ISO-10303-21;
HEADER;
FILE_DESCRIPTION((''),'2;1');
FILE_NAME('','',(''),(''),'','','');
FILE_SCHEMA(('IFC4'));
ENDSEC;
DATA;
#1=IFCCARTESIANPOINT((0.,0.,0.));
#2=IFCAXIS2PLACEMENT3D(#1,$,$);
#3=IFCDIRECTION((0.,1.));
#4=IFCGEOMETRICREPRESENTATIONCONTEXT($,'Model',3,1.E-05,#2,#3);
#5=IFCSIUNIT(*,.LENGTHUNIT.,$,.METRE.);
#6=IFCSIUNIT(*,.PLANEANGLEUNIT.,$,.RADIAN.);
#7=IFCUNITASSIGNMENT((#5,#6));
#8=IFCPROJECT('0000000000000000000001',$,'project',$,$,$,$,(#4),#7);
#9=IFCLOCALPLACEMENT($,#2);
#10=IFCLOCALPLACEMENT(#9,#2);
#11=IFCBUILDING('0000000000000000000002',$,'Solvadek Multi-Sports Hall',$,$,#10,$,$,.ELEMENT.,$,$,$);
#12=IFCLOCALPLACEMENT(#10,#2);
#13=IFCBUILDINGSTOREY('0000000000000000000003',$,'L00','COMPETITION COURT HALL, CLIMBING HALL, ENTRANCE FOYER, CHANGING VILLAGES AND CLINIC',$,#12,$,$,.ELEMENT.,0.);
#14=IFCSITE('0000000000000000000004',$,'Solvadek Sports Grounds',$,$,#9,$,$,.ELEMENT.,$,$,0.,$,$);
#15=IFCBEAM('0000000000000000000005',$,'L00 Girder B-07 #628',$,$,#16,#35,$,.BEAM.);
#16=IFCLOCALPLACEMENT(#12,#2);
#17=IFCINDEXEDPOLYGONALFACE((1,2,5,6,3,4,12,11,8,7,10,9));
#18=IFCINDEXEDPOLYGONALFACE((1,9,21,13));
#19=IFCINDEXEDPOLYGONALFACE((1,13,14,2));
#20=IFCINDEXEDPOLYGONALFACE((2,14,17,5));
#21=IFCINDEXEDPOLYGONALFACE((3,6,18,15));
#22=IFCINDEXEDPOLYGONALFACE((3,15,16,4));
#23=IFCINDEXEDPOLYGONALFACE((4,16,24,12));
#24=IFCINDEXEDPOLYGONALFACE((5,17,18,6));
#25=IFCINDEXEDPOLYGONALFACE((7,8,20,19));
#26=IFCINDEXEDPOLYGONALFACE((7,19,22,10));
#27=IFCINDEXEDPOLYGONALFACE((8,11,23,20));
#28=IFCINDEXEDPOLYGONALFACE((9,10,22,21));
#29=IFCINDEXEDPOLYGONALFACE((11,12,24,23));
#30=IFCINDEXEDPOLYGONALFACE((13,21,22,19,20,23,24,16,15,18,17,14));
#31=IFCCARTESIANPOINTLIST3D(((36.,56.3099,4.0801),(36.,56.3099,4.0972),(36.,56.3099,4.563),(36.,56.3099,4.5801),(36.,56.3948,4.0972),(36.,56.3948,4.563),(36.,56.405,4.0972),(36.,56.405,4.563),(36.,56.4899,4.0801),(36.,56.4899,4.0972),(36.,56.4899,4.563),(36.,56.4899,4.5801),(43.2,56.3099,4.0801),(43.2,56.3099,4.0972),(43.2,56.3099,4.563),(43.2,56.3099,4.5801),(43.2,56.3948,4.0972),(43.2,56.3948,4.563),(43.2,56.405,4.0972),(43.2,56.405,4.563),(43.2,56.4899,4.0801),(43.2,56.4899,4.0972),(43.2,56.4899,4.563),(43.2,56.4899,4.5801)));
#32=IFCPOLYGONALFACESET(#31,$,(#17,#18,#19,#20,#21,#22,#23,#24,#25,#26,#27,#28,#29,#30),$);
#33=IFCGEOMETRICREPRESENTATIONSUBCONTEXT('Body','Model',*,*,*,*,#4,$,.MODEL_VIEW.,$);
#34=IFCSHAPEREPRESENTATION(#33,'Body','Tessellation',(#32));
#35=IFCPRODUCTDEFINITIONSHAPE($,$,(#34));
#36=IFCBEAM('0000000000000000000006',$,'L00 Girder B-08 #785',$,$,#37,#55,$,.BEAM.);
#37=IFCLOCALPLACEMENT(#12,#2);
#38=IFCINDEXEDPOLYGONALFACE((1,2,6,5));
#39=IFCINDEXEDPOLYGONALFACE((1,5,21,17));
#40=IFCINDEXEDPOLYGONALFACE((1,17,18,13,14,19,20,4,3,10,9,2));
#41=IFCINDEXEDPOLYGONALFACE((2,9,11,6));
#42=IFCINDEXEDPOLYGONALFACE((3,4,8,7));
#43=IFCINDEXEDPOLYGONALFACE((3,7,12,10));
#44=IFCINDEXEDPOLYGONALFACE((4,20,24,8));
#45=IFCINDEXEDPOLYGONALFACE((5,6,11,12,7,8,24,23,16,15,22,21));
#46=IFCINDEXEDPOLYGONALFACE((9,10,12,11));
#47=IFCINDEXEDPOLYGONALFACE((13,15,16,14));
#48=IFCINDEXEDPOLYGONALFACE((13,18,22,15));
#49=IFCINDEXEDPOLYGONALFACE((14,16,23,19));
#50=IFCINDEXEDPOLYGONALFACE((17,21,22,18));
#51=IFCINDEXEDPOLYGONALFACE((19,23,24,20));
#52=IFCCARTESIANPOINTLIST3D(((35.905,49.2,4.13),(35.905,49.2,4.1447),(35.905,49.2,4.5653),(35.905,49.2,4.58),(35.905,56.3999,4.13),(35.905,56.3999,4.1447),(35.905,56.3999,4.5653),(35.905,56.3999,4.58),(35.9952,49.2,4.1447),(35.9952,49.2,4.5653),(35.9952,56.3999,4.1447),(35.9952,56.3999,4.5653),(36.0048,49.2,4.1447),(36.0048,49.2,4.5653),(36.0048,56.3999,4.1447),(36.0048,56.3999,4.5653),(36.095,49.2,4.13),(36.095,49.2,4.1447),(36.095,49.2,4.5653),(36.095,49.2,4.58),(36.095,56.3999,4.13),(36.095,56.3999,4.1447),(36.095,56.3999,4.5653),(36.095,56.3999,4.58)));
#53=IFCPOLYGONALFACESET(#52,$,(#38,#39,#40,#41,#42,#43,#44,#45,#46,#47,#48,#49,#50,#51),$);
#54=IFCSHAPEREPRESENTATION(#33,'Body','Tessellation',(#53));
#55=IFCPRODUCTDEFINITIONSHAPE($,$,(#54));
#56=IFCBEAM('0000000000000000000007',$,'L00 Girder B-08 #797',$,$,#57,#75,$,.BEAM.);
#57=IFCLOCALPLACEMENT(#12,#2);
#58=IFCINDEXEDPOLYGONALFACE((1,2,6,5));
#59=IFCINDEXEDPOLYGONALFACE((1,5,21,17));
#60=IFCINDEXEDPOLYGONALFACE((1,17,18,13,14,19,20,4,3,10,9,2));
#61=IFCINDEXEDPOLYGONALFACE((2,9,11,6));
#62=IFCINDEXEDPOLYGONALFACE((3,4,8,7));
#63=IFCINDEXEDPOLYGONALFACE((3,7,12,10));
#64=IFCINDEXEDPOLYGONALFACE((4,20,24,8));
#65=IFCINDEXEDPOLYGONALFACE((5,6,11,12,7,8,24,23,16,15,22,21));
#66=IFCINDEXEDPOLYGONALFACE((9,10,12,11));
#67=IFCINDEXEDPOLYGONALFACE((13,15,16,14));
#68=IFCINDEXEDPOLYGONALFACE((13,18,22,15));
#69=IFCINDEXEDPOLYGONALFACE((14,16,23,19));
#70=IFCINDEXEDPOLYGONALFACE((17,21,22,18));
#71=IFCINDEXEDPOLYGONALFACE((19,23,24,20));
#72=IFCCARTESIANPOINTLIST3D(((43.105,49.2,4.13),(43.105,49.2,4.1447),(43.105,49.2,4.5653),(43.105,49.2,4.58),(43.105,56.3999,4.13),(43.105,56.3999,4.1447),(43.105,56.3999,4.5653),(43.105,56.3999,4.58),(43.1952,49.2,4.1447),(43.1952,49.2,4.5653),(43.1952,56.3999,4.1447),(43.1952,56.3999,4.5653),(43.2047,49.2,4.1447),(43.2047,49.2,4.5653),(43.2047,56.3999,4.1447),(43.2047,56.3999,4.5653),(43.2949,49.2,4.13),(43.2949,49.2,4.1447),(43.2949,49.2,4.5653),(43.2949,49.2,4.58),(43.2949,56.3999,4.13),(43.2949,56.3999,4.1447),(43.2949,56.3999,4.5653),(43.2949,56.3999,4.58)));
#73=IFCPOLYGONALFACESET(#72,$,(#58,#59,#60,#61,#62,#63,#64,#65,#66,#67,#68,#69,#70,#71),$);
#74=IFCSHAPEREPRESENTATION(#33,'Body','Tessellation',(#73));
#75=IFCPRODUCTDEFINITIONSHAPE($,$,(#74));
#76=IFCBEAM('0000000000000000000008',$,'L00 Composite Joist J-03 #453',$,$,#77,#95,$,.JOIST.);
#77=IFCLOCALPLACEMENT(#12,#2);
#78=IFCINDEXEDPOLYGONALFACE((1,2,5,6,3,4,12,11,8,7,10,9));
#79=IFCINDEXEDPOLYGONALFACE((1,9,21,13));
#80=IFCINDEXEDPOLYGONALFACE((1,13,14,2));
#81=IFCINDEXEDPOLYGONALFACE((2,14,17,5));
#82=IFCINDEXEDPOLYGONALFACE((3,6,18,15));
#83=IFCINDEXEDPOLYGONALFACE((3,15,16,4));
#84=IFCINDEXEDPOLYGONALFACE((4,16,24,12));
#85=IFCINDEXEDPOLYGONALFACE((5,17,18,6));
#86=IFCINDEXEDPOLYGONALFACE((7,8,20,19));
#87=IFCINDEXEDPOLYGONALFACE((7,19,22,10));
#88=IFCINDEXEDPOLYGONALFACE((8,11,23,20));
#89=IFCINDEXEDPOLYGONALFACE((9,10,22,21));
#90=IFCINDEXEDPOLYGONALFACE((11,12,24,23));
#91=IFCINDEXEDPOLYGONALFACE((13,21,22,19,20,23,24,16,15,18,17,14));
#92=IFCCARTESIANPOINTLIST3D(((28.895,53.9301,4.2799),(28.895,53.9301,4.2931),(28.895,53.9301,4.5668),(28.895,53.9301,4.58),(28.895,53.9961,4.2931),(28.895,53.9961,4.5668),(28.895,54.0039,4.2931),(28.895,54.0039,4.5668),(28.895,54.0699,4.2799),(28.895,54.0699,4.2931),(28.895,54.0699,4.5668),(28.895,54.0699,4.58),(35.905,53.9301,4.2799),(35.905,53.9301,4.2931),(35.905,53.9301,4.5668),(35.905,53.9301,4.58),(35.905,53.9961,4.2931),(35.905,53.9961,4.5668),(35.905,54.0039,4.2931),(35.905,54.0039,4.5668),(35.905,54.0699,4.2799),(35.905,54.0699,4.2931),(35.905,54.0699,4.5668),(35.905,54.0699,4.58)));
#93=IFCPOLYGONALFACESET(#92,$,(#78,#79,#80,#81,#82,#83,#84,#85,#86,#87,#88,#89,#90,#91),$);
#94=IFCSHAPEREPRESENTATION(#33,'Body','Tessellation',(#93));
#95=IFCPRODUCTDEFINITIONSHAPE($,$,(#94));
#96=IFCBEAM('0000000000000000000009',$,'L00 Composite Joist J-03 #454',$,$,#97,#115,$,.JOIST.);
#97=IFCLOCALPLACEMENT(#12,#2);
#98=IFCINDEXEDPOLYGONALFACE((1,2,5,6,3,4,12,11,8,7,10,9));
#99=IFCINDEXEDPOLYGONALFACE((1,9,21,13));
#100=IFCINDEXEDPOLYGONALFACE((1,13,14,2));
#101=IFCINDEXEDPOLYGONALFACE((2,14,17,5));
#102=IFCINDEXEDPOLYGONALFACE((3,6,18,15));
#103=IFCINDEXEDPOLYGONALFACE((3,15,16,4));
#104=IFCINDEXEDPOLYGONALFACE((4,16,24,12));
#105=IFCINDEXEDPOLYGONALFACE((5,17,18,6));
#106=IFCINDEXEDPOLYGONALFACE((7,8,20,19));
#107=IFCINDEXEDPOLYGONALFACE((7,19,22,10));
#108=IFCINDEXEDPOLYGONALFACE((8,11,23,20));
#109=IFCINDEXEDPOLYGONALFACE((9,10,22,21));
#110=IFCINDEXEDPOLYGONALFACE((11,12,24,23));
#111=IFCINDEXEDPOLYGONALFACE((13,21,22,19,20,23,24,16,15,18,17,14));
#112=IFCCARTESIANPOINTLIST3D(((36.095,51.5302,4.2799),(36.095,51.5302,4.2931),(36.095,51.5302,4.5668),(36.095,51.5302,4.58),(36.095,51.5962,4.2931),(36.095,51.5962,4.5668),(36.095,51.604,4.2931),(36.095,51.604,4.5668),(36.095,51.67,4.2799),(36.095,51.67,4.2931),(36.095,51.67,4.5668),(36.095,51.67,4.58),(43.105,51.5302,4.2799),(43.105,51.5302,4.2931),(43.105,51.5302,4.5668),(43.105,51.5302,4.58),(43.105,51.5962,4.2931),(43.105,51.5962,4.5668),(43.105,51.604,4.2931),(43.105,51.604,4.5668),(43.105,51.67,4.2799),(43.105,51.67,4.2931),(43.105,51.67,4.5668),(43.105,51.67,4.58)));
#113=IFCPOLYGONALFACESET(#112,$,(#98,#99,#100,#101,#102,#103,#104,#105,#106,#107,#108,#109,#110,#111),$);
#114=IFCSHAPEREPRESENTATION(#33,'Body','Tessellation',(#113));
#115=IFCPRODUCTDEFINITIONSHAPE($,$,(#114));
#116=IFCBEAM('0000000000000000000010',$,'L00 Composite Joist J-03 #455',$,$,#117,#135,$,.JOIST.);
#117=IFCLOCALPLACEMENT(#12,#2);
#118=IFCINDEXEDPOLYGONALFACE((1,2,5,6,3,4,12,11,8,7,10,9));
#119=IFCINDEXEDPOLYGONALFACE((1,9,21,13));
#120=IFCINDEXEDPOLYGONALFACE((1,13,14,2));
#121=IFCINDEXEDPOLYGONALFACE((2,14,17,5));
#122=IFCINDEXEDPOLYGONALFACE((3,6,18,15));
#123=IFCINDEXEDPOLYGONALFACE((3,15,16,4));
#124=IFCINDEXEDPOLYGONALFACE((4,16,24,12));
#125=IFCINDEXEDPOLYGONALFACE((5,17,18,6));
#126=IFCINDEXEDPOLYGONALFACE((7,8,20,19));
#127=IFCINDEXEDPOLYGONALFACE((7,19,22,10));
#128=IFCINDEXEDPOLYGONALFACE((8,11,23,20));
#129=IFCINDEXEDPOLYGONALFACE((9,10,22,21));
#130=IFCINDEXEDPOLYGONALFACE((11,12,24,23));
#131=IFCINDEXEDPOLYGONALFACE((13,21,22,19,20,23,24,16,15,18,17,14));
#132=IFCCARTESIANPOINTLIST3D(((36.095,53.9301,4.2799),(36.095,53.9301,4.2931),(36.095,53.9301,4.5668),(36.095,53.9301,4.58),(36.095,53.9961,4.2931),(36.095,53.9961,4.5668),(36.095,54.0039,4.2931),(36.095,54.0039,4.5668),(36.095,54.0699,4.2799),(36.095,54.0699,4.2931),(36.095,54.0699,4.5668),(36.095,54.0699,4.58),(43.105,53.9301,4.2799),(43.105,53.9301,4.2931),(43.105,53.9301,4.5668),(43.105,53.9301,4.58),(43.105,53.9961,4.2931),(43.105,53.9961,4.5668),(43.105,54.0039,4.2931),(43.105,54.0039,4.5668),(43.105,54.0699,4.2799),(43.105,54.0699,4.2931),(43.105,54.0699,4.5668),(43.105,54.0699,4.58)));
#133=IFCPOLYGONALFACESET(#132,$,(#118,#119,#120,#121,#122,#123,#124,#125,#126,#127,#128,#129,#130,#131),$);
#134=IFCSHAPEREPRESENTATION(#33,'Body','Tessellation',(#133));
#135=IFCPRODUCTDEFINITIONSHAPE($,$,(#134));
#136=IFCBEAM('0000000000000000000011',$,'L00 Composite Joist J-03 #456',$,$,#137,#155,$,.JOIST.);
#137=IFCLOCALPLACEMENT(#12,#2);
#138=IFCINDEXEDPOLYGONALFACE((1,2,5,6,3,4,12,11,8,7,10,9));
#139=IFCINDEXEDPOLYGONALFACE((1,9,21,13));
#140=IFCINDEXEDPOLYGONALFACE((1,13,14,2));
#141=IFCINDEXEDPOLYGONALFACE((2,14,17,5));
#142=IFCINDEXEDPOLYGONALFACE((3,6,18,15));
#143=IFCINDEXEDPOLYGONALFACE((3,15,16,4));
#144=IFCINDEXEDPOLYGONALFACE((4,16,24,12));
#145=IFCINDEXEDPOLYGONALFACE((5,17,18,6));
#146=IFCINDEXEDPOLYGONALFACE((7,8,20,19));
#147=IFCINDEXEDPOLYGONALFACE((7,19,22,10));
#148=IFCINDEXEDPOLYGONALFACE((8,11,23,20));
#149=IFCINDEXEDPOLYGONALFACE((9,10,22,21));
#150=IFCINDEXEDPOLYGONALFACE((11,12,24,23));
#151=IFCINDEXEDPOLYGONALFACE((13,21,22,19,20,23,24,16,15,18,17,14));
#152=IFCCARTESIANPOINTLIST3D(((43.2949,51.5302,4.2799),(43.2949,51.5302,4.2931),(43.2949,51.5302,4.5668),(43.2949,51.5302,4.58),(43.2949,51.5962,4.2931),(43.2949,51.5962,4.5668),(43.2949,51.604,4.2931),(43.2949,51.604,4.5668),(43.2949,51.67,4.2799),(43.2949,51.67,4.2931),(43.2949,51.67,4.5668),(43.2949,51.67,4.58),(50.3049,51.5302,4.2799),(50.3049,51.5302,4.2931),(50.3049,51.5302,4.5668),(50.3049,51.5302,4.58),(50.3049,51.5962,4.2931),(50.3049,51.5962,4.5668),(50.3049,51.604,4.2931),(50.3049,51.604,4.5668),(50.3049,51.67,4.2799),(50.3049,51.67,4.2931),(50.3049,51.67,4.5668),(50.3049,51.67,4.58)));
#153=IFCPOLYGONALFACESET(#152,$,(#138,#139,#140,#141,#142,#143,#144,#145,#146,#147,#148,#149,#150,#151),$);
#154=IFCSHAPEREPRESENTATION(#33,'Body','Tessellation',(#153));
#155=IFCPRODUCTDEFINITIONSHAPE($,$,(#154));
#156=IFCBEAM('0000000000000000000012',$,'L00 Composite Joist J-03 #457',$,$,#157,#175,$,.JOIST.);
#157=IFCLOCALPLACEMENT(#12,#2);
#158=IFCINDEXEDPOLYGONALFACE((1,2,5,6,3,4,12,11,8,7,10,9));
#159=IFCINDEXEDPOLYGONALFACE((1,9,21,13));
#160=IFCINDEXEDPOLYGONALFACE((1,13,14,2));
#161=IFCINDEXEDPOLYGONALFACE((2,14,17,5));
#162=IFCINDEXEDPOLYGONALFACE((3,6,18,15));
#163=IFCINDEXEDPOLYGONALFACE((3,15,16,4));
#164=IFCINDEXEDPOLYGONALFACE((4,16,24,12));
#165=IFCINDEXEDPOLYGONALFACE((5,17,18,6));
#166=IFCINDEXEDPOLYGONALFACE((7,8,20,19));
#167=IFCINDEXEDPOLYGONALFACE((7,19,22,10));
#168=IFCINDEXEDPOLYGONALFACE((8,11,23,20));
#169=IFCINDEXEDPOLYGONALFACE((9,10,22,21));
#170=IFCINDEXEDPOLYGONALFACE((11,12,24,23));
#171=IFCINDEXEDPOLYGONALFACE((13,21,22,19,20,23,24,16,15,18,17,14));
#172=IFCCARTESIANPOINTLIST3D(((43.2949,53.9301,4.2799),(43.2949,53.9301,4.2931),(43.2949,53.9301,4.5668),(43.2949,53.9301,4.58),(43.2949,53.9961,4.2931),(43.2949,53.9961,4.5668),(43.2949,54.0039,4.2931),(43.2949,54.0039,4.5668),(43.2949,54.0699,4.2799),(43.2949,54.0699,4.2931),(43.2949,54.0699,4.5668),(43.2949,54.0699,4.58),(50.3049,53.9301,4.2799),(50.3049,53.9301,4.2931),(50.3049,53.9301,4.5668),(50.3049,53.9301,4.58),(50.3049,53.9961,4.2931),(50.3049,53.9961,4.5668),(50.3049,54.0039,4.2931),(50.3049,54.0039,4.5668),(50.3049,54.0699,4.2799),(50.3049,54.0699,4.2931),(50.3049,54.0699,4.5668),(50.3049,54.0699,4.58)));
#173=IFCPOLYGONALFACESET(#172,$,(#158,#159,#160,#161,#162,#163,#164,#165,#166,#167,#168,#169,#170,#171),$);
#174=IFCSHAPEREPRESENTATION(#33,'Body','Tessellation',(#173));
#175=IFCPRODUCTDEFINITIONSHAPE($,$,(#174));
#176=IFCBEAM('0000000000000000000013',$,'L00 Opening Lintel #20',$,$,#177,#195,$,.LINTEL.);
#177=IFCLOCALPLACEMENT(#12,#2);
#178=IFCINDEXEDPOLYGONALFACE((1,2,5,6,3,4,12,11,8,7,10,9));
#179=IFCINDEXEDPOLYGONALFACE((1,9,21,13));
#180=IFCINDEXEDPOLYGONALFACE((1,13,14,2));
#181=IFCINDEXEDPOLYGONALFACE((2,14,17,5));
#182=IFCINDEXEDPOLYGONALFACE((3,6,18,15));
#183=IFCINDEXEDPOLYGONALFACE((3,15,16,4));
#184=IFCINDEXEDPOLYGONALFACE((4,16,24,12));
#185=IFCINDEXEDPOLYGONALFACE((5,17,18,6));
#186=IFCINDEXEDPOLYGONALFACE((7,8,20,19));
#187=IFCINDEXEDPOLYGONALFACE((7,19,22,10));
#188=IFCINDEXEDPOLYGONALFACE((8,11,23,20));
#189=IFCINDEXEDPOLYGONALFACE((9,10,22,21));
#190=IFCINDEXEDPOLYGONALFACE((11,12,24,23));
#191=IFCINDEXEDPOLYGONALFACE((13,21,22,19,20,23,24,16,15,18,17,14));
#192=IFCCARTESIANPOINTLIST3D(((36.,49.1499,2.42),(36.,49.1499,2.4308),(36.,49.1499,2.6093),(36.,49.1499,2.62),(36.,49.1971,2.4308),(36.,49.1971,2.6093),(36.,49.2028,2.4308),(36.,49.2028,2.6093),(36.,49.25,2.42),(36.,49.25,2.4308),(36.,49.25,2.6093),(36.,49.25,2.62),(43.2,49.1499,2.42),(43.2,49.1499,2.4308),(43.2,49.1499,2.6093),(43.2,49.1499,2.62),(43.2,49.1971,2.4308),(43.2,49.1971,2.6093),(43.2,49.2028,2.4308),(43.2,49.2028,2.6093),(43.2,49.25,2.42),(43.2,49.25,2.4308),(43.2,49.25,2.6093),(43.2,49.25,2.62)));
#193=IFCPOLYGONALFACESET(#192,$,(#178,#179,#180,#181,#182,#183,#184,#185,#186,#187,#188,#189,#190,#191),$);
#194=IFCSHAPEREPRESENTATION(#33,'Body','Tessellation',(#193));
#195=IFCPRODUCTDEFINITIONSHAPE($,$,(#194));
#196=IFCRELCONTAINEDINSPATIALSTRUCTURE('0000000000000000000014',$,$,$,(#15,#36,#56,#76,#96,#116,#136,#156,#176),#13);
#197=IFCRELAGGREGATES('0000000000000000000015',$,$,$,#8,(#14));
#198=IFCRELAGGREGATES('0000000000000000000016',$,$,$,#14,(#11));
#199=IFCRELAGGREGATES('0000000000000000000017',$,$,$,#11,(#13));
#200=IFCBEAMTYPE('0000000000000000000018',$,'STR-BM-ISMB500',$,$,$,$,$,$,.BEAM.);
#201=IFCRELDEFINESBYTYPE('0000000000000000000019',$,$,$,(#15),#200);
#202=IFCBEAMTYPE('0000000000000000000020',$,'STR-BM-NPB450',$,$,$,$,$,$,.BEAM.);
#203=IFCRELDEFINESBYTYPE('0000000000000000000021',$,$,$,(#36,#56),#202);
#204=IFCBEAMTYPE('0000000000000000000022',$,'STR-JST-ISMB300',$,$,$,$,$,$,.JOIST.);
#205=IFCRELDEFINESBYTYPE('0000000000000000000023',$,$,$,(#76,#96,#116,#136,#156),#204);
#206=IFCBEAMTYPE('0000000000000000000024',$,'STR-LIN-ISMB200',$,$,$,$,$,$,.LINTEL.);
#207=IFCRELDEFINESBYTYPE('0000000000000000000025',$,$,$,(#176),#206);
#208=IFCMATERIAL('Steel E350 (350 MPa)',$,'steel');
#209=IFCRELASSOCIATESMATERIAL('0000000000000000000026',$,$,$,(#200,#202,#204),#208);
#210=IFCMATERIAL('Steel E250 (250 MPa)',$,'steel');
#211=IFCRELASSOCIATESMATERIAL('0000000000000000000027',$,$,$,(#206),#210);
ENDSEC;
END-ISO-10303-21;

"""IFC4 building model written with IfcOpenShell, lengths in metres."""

from ifc_helpers import new_model, si_unit, direction, frame, origin, origin_2d, place, context, subcontext, project, spatial, i_section, extrude, material, material_profile, profile_set, type_object, element, save


model = new_model("IFC4")

# Units and contexts
model_context = context("Model", 3, precision=1e-05, world=origin(), true_north=direction((0.0, 1.0)))
body_context = subcontext(model_context, "Body", "Model", "MODEL_VIEW")
ifc_project = project(units=[si_unit("LENGTHUNIT", "METRE"), si_unit("PLANEANGLEUNIT", "RADIAN")], contexts=[model_context])

# Site, building, storey
site_placement = place(None, origin())
site = spatial("IfcSite", under=ifc_project, at=site_placement, Name="Solvadek Sports Grounds", CompositionType="ELEMENT", RefElevation=0.0)
building_placement = place(site_placement, origin())
building = spatial("IfcBuilding", under=site, at=building_placement, Name="Solvadek Multi-Sports Hall", CompositionType="ELEMENT")
storey_placement = place(building_placement, origin())
storey = spatial("IfcBuildingStorey", under=building, at=storey_placement, Name="L00", Description="COMPETITION COURT HALL, CLIMBING HALL, ENTRANCE FOYER, CHANGING VILLAGES AND CLINIC", CompositionType="ELEMENT", Elevation=0.0)

# Shared definitions
ifc_material_1 = material(Name="Steel E350 (350 MPa)", Category="steel")

# Beams
ifc_material_profile_1 = material_profile(ifc_material_1, i_section(OverallWidth=0.1799, OverallDepth=0.5, WebThickness=0.0103, FlangeThickness=0.0171, at=origin_2d()), Name="ISMB 500")
ifc_profile_set_1 = profile_set([ifc_material_profile_1], Name="Steel E350 (350 MPa)")
beam_type_1 = type_object("IfcBeamType", Name="STR-BM-ISMB500", PredefinedType="BEAM", material=ifc_profile_set_1)
beam_1_placement = place(storey_placement, frame((36.0, 56.3999, 4.3301), z_axis=(1.0, 0.0, 0.0), x_axis=(0.0, 1.0, 0.0)))
element("IfcBeam", 1, at=beam_1_placement, inside=storey, type_object=beam_type_1, Name="L00 Girder B-07 #628", PredefinedType="BEAM", context=body_context, shape_type="SweptSolid", body=[
    extrude(i_section(OverallWidth=0.1799, OverallDepth=0.5, WebThickness=0.0103, FlangeThickness=0.0171, at=origin_2d()), origin(), (0.0, 0.0, 1.0), 7.2),
])
ifc_material_profile_2 = material_profile(ifc_material_1, i_section(OverallWidth=0.1899, OverallDepth=0.45, WebThickness=0.0095, FlangeThickness=0.0146, at=origin_2d()), Name="NPB 450")
ifc_profile_set_2 = profile_set([ifc_material_profile_2], Name="Steel E350 (350 MPa)")
beam_type_2 = type_object("IfcBeamType", Name="STR-BM-NPB450", PredefinedType="BEAM", material=ifc_profile_set_2)
for number, where, z_axis, x_axis, name in (
    (2, (36.0, 49.2, 4.355), (0.0, 1.0, 0.0), (-1.0, 0.0, 0.0), "L00 Girder B-08 #785"),
    (3, (43.2, 49.2, 4.355), (0.0, 1.0, 0.0), (-1.0, 0.0, 0.0), "L00 Girder B-08 #797"),
):
    element("IfcBeam", number, at=place(storey_placement, frame(where, z_axis=z_axis, x_axis=x_axis)), inside=storey, type_object=beam_type_2, Name=name, PredefinedType="BEAM", context=body_context, shape_type="SweptSolid", body=[
        extrude(i_section(OverallWidth=0.1899, OverallDepth=0.45, WebThickness=0.0095, FlangeThickness=0.0146, at=origin_2d()), origin(), (0.0, 0.0, 1.0), 7.2),
    ])
ifc_material_profile_3 = material_profile(ifc_material_1, i_section(OverallWidth=0.1399, OverallDepth=0.3, WebThickness=0.0078, FlangeThickness=0.0132, at=origin_2d()), Name="ISMB 300")
ifc_profile_set_3 = profile_set([ifc_material_profile_3], Name="Steel E350 (350 MPa)")
beam_type_3 = type_object("IfcBeamType", Name="STR-JST-ISMB300", PredefinedType="JOIST", material=ifc_profile_set_3)
for number, where, z_axis, x_axis, name in (
    (4, (28.895, 54.0, 4.4299), (1.0, 0.0, 0.0), (0.0, 1.0, 0.0), "L00 Composite Joist J-03 #453"),
    (5, (36.095, 51.6001, 4.4299), (1.0, 0.0, 0.0), (0.0, 1.0, 0.0), "L00 Composite Joist J-03 #454"),
    (6, (36.095, 54.0, 4.4299), (1.0, 0.0, 0.0), (0.0, 1.0, 0.0), "L00 Composite Joist J-03 #455"),
    (7, (43.2949, 51.6001, 4.4299), (1.0, 0.0, 0.0), (0.0, 1.0, 0.0), "L00 Composite Joist J-03 #456"),
    (8, (43.2949, 54.0, 4.4299), (1.0, 0.0, 0.0), (0.0, 1.0, 0.0), "L00 Composite Joist J-03 #457"),
):
    element("IfcBeam", number, at=place(storey_placement, frame(where, z_axis=z_axis, x_axis=x_axis)), inside=storey, type_object=beam_type_3, Name=name, PredefinedType="JOIST", context=body_context, shape_type="SweptSolid", body=[
        extrude(i_section(OverallWidth=0.1399, OverallDepth=0.3, WebThickness=0.0078, FlangeThickness=0.0132, at=origin_2d()), origin(), (0.0, 0.0, 1.0), 7.01),
    ])
ifc_material_2 = material(Name="Steel E250 (250 MPa)", Category="steel")
ifc_material_profile_4 = material_profile(ifc_material_2, i_section(OverallWidth=0.1001, OverallDepth=0.2, WebThickness=0.0056, FlangeThickness=0.0107, at=origin_2d()), Name="ISMB 200")
ifc_profile_set_4 = profile_set([ifc_material_profile_4], Name="Steel E250 (250 MPa)")
beam_type_4 = type_object("IfcBeamType", Name="STR-LIN-ISMB200", PredefinedType="LINTEL", material=ifc_profile_set_4)
beam_2_placement = place(storey_placement, frame((36.0, 49.2, 2.52), z_axis=(1.0, 0.0, 0.0), x_axis=(0.0, 1.0, 0.0)))
element("IfcBeam", 9, at=beam_2_placement, inside=storey, type_object=beam_type_4, Name="L00 Opening Lintel #20", PredefinedType="LINTEL", context=body_context, shape_type="SweptSolid", body=[
    extrude(i_section(OverallWidth=0.1001, OverallDepth=0.2, WebThickness=0.0056, FlangeThickness=0.0107, at=origin_2d()), origin(), (0.0, 0.0, 1.0), 7.2),
])

save(model, "model.ifc")
